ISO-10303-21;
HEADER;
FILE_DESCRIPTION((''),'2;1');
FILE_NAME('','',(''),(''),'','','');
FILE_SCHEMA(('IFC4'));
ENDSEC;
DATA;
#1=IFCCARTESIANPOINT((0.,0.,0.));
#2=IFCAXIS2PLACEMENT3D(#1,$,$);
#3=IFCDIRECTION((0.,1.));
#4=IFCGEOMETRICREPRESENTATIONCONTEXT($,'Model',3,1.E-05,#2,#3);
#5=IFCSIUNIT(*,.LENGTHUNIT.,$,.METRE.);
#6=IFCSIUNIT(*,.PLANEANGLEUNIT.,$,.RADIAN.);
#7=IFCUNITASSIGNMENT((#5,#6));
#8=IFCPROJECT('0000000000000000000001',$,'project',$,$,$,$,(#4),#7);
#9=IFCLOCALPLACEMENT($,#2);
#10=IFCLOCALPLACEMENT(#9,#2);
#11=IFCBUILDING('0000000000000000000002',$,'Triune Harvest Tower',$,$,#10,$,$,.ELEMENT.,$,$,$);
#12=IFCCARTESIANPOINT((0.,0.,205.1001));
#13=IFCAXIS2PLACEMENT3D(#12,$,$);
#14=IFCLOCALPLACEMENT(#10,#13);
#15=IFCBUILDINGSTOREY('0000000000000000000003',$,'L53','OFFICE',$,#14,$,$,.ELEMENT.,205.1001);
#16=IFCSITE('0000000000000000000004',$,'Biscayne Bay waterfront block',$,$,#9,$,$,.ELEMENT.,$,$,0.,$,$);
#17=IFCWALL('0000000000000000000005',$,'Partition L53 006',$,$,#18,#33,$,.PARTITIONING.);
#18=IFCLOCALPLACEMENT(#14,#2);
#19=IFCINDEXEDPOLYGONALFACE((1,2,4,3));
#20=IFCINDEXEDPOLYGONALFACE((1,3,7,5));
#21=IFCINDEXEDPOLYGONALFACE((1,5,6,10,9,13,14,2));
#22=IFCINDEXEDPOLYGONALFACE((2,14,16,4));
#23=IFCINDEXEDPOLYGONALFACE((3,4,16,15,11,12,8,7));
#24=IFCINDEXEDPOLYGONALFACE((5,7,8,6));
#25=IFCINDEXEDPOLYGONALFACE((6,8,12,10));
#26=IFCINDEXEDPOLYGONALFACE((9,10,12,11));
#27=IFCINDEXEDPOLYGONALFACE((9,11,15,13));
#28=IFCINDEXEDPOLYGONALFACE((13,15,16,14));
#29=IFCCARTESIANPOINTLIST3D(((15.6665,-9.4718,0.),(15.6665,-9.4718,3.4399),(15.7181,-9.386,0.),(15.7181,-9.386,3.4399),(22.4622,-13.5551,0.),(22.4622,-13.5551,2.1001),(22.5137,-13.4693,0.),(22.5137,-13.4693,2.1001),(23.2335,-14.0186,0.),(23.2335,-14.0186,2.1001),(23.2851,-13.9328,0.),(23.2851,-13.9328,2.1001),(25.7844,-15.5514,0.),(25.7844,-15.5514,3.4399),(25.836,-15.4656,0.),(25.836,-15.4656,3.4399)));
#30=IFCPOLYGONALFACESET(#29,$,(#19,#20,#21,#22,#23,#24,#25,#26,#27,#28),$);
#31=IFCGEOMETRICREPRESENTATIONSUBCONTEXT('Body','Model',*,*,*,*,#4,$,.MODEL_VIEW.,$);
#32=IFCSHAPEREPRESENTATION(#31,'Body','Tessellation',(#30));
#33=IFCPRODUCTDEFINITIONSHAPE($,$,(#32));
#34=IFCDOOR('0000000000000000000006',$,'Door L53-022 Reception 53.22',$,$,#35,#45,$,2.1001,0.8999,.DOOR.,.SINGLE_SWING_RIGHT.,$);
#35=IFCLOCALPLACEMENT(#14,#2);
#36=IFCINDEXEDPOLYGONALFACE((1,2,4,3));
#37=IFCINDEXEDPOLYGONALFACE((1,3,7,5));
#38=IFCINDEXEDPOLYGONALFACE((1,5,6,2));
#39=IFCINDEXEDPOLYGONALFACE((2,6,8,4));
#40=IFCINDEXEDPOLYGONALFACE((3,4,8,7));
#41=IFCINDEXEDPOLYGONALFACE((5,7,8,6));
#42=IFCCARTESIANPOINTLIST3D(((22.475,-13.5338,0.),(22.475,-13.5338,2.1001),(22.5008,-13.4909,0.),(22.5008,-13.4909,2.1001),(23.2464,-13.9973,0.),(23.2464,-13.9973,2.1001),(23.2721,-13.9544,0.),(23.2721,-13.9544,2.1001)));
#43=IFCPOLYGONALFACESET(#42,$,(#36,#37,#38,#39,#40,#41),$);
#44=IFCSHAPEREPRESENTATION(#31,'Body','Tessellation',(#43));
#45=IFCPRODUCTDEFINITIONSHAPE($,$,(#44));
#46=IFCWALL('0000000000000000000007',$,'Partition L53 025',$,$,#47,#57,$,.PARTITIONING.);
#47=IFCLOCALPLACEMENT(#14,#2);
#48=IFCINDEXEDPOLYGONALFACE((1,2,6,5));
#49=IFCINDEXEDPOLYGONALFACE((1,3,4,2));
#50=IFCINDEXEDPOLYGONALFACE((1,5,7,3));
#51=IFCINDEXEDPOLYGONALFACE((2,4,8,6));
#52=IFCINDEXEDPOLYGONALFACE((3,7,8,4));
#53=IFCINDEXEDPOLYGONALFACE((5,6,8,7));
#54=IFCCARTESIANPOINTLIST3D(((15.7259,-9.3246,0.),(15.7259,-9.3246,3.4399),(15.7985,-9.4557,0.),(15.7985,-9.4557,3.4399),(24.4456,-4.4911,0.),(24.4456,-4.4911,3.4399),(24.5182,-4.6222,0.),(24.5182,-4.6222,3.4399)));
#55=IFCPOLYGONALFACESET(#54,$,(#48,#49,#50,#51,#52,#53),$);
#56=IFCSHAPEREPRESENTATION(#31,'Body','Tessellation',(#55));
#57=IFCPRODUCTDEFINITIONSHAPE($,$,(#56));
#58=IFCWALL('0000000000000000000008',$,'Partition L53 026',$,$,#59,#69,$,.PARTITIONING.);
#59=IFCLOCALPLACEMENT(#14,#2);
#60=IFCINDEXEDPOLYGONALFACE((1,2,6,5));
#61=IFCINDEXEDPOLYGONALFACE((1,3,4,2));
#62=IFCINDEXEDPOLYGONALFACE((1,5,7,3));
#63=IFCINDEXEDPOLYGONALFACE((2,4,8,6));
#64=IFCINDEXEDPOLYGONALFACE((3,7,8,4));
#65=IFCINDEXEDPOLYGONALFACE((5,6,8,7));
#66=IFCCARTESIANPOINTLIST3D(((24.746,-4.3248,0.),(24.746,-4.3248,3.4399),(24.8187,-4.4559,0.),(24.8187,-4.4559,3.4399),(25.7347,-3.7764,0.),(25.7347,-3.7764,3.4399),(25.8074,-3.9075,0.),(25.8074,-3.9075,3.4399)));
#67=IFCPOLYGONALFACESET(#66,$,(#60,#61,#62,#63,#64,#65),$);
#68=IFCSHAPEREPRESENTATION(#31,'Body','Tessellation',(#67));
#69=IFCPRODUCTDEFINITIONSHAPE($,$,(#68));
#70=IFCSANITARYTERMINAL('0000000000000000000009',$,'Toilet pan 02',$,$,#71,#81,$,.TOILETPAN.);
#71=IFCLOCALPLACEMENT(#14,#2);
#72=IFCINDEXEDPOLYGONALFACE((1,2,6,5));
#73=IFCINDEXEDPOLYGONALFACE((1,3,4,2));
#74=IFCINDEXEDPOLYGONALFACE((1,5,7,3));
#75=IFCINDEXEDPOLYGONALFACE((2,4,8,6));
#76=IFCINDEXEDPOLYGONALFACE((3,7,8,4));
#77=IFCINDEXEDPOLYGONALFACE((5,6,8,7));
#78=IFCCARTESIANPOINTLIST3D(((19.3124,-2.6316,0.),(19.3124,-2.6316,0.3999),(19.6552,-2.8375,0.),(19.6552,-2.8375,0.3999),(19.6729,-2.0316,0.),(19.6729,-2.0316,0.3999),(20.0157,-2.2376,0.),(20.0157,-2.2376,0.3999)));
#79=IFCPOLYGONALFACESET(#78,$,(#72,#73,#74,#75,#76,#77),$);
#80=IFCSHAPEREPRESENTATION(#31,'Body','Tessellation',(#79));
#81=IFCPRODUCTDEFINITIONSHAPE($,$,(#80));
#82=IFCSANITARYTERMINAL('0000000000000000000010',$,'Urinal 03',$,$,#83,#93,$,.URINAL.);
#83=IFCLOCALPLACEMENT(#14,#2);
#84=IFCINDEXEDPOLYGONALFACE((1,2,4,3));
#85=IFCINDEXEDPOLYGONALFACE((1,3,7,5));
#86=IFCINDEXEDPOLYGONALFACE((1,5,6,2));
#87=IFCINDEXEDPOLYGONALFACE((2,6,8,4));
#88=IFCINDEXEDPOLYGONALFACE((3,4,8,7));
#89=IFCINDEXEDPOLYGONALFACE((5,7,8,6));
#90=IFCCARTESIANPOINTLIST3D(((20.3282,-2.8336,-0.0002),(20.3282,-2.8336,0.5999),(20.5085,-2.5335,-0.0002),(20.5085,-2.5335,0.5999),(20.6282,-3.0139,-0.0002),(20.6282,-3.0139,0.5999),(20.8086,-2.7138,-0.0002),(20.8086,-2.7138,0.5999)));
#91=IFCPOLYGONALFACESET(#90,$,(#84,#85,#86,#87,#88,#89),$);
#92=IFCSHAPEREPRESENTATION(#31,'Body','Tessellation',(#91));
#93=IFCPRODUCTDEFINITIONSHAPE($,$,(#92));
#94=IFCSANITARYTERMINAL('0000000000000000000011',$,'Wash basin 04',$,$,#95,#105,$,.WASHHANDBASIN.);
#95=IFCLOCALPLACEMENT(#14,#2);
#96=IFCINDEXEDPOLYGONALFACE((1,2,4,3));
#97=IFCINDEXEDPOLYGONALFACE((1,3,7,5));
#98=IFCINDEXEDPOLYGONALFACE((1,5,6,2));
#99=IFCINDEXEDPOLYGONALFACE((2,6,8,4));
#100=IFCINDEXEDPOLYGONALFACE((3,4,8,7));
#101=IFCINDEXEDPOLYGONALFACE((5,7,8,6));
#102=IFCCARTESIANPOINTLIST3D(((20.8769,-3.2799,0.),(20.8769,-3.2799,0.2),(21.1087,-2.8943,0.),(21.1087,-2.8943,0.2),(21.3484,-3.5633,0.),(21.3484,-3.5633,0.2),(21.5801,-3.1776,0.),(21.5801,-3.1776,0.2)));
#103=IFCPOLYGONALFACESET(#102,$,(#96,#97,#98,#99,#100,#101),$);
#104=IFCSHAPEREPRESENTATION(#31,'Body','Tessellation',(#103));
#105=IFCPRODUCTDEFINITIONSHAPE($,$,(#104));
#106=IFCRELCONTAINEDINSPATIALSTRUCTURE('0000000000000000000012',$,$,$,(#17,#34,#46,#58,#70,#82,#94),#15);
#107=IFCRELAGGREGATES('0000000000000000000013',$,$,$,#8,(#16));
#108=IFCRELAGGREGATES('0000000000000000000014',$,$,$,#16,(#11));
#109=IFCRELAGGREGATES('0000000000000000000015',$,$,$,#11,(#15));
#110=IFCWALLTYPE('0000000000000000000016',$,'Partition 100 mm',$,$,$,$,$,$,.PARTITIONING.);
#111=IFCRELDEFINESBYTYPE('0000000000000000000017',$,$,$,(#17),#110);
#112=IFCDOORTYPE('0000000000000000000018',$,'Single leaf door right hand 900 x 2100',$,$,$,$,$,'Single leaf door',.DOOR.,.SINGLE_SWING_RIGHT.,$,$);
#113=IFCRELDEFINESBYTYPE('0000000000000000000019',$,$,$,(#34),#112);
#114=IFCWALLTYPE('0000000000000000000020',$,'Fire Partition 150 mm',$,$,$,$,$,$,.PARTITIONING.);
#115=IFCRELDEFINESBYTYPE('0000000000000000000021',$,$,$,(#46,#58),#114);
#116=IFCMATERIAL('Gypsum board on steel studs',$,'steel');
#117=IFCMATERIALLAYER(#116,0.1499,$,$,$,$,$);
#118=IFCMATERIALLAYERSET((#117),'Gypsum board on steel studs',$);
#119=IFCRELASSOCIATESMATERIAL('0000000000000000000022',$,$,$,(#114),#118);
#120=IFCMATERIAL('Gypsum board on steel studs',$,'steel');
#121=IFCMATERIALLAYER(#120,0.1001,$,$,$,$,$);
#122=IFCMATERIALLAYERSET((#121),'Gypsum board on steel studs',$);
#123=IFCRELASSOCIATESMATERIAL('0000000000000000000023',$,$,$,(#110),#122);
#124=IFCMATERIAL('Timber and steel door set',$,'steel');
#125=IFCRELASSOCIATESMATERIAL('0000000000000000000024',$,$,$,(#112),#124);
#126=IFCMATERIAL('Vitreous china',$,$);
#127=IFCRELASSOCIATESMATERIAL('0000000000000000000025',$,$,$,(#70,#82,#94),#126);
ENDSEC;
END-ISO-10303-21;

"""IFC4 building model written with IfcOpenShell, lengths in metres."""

from ifc_helpers import new_model, si_unit, direction, frame, frame_2d, origin, origin_2d, place, context, subcontext, project, spatial, rectangle, extrude, source, transform, mapped, material, layer, layer_set, type_object, element, fill, save


model = new_model("IFC4")

# Units and contexts
model_context = context("Model", 3, precision=1e-05, world=origin(), true_north=direction((0.0, 1.0)))
body_context = subcontext(model_context, "Body", "Model", "MODEL_VIEW")
ifc_project = project(units=[si_unit("LENGTHUNIT", "METRE"), si_unit("PLANEANGLEUNIT", "RADIAN")], contexts=[model_context])

# Site, building, storey
site_placement = place(None, origin())
site = spatial("IfcSite", under=ifc_project, at=site_placement, Name="Biscayne Bay waterfront block", CompositionType="ELEMENT", RefElevation=0.0)
building_placement = place(site_placement, origin())
building = spatial("IfcBuilding", under=site, at=building_placement, Name="Triune Harvest Tower", CompositionType="ELEMENT")
storey_placement = place(building_placement, frame((0.0, 0.0, 205.1001)))
storey = spatial("IfcBuildingStorey", under=building, at=storey_placement, Name="L53", Description="OFFICE", CompositionType="ELEMENT", Elevation=205.1001)

# Shared definitions
ifc_material_1 = material(Name="Gypsum board on steel studs", Category="steel")
ifc_layer_1 = layer(ifc_material_1, 0.1499)
ifc_layer_set_1 = layer_set([ifc_layer_1], Name="Gypsum board on steel studs")
wall_type_1 = type_object("IfcWallType", Name="Fire Partition 150 mm", PredefinedType="PARTITIONING", material=ifc_layer_set_1)

# Wall, opening, door
ifc_material_2 = material(Name="Gypsum board on steel studs", Category="steel")
ifc_layer_2 = layer(ifc_material_2, 0.1001)
ifc_layer_set_2 = layer_set([ifc_layer_2], Name="Gypsum board on steel studs")
wall_type_2 = type_object("IfcWallType", Name="Partition 100 mm", PredefinedType="PARTITIONING", material=ifc_layer_set_2)
shared_shape_1 = source(origin(), body_context, "Body", "SweptSolid", [
    extrude(rectangle(XDim=11.804, YDim=0.1001, at=frame_2d((5.9019, 0.0))), origin(), (0.0, 0.0, 1.0), 3.4399),
])
wall_1_placement = place(storey_placement, frame((15.6924, -9.429, 0.0), z_axis=(0.0, 0.0, 1.0), x_axis=(0.857162, -0.515046, 0.0)))
wall_1 = element("IfcWall", 1, at=wall_1_placement, inside=storey, type_object=wall_type_2, Name="Partition L53 006", PredefinedType="PARTITIONING", context=body_context, shape_type="MappedRepresentation", body=[
    mapped(shared_shape_1, transform((0.0, 0.0, 0.0), scale=1.0)),
])
opening_placement = place(wall_1_placement, frame((7.928, 0.0, 0.0)))
opening = element("IfcOpeningElement", 2, at=opening_placement, cuts=wall_1, PredefinedType="OPENING", context=body_context, shape_type="SweptSolid", body=[
    extrude(rectangle(XDim=0.8999, YDim=2.1001, at=frame_2d((0.45, 1.05))), frame((0.0, 0.0601, 0.0), z_axis=(0.0, -1.0, 0.0), x_axis=(1.0, 0.0, 0.0)), (0.0, 0.0, 1.0), 0.1201),
])
ifc_material_3 = material(Name="Timber and steel door set", Category="steel")
door_type = type_object("IfcDoorType", Name="Single leaf door right hand 900 x 2100", ElementType="Single leaf door", OperationType="SINGLE_SWING_RIGHT", PredefinedType="DOOR", material=ifc_material_3)
door_placement = place(opening_placement, origin())
door = element("IfcDoor", 3, at=door_placement, inside=storey, type_object=door_type, Name="Door L53-022 Reception 53.22", OperationType="SINGLE_SWING_RIGHT", OverallHeight=2.1001, OverallWidth=0.8999, PredefinedType="DOOR", context=body_context, shape_type="SweptSolid", body=[
    extrude(rectangle(XDim=0.8999, YDim=2.1001, at=frame_2d((0.45, 1.05))), frame((0.0, 0.0249, 0.0), z_axis=(0.0, -1.0, 0.0), x_axis=(1.0, 0.0, 0.0)), (0.0, 0.0, 1.0), 0.05),
])
fill(opening, door)

# Walls
shared_shape_2 = source(origin(), body_context, "Body", "SweptSolid", [
    extrude(rectangle(XDim=9.9697, YDim=0.1499, at=frame_2d((4.9849, 0.0))), origin(), (0.0, 0.0, 1.0), 3.4399),
])
wall_2_placement = place(storey_placement, frame((15.7622, -9.3901, 0.0), z_axis=(0.0, 0.0, 1.0), x_axis=(0.874617, 0.484815, 0.0)))
element("IfcWall", 4, at=wall_2_placement, inside=storey, type_object=wall_type_1, Name="Partition L53 025", PredefinedType="PARTITIONING", context=body_context, shape_type="MappedRepresentation", body=[
    mapped(shared_shape_2, transform((0.0, 0.0, 0.0), scale=1.0)),
])
shared_shape_3 = source(origin(), body_context, "Body", "SweptSolid", [
    extrude(rectangle(XDim=1.1306, YDim=0.1499, at=frame_2d((0.5654, 0.0))), origin(), (0.0, 0.0, 1.0), 3.4399),
])
wall_3_placement = place(storey_placement, frame((24.7822, -4.3904, 0.0), z_axis=(0.0, 0.0, 1.0), x_axis=(0.874524, 0.484983, 0.0)))
element("IfcWall", 5, at=wall_3_placement, inside=storey, type_object=wall_type_1, Name="Partition L53 026", PredefinedType="PARTITIONING", context=body_context, shape_type="MappedRepresentation", body=[
    mapped(shared_shape_3, transform((0.0, 0.0, 0.0), scale=1.0)),
])

# Sanitary terminals
ifc_material_4 = material(Name="Vitreous china")
shared_shape_4 = source(origin(), body_context, "Body", "SweptSolid", [
    extrude(rectangle(XDim=0.3999, YDim=0.7, at=origin_2d()), origin(), (0.0, 0.0, 1.0), 0.3999),
])
sanitary_terminal_1_placement = place(storey_placement, frame((19.6641, -2.4346, 0.0), z_axis=(0.0, 0.0, 1.0), x_axis=(0.857158, -0.515053, 0.0)))
element("IfcSanitaryTerminal", 6, at=sanitary_terminal_1_placement, inside=storey, material=ifc_material_4, Name="Toilet pan 02", PredefinedType="TOILETPAN", context=body_context, shape_type="MappedRepresentation", body=[
    mapped(shared_shape_4, transform((0.0, 0.0, 0.0), scale=1.0)),
])
shared_shape_5 = source(origin(), body_context, "Body", "SweptSolid", [
    extrude(rectangle(XDim=0.3501, YDim=0.3501, at=origin_2d()), origin(), (0.0, 0.0, 1.0), 0.6001),
])
sanitary_terminal_2_placement = place(storey_placement, frame((20.5684, -2.7737, -0.0002), z_axis=(0.0, 0.0, 1.0), x_axis=(0.857158, -0.515053, 0.0)))
element("IfcSanitaryTerminal", 7, at=sanitary_terminal_2_placement, inside=storey, material=ifc_material_4, Name="Urinal 03", PredefinedType="URINAL", context=body_context, shape_type="MappedRepresentation", body=[
    mapped(shared_shape_5, transform((0.0, 0.0, 0.0), scale=1.0)),
])
shared_shape_6 = source(origin(), body_context, "Body", "SweptSolid", [
    extrude(rectangle(XDim=0.55, YDim=0.45, at=origin_2d()), origin(), (0.0, 0.0, 1.0), 0.2),
])
sanitary_terminal_3_placement = place(storey_placement, frame((21.2285, -3.2288, 0.0), z_axis=(0.0, 0.0, 1.0), x_axis=(0.857158, -0.515053, 0.0)))
element("IfcSanitaryTerminal", 8, at=sanitary_terminal_3_placement, inside=storey, material=ifc_material_4, Name="Wash basin 04", PredefinedType="WASHHANDBASIN", context=body_context, shape_type="MappedRepresentation", body=[
    mapped(shared_shape_6, transform((0.0, 0.0, 0.0), scale=1.0)),
])

save(model, "model.ifc")
